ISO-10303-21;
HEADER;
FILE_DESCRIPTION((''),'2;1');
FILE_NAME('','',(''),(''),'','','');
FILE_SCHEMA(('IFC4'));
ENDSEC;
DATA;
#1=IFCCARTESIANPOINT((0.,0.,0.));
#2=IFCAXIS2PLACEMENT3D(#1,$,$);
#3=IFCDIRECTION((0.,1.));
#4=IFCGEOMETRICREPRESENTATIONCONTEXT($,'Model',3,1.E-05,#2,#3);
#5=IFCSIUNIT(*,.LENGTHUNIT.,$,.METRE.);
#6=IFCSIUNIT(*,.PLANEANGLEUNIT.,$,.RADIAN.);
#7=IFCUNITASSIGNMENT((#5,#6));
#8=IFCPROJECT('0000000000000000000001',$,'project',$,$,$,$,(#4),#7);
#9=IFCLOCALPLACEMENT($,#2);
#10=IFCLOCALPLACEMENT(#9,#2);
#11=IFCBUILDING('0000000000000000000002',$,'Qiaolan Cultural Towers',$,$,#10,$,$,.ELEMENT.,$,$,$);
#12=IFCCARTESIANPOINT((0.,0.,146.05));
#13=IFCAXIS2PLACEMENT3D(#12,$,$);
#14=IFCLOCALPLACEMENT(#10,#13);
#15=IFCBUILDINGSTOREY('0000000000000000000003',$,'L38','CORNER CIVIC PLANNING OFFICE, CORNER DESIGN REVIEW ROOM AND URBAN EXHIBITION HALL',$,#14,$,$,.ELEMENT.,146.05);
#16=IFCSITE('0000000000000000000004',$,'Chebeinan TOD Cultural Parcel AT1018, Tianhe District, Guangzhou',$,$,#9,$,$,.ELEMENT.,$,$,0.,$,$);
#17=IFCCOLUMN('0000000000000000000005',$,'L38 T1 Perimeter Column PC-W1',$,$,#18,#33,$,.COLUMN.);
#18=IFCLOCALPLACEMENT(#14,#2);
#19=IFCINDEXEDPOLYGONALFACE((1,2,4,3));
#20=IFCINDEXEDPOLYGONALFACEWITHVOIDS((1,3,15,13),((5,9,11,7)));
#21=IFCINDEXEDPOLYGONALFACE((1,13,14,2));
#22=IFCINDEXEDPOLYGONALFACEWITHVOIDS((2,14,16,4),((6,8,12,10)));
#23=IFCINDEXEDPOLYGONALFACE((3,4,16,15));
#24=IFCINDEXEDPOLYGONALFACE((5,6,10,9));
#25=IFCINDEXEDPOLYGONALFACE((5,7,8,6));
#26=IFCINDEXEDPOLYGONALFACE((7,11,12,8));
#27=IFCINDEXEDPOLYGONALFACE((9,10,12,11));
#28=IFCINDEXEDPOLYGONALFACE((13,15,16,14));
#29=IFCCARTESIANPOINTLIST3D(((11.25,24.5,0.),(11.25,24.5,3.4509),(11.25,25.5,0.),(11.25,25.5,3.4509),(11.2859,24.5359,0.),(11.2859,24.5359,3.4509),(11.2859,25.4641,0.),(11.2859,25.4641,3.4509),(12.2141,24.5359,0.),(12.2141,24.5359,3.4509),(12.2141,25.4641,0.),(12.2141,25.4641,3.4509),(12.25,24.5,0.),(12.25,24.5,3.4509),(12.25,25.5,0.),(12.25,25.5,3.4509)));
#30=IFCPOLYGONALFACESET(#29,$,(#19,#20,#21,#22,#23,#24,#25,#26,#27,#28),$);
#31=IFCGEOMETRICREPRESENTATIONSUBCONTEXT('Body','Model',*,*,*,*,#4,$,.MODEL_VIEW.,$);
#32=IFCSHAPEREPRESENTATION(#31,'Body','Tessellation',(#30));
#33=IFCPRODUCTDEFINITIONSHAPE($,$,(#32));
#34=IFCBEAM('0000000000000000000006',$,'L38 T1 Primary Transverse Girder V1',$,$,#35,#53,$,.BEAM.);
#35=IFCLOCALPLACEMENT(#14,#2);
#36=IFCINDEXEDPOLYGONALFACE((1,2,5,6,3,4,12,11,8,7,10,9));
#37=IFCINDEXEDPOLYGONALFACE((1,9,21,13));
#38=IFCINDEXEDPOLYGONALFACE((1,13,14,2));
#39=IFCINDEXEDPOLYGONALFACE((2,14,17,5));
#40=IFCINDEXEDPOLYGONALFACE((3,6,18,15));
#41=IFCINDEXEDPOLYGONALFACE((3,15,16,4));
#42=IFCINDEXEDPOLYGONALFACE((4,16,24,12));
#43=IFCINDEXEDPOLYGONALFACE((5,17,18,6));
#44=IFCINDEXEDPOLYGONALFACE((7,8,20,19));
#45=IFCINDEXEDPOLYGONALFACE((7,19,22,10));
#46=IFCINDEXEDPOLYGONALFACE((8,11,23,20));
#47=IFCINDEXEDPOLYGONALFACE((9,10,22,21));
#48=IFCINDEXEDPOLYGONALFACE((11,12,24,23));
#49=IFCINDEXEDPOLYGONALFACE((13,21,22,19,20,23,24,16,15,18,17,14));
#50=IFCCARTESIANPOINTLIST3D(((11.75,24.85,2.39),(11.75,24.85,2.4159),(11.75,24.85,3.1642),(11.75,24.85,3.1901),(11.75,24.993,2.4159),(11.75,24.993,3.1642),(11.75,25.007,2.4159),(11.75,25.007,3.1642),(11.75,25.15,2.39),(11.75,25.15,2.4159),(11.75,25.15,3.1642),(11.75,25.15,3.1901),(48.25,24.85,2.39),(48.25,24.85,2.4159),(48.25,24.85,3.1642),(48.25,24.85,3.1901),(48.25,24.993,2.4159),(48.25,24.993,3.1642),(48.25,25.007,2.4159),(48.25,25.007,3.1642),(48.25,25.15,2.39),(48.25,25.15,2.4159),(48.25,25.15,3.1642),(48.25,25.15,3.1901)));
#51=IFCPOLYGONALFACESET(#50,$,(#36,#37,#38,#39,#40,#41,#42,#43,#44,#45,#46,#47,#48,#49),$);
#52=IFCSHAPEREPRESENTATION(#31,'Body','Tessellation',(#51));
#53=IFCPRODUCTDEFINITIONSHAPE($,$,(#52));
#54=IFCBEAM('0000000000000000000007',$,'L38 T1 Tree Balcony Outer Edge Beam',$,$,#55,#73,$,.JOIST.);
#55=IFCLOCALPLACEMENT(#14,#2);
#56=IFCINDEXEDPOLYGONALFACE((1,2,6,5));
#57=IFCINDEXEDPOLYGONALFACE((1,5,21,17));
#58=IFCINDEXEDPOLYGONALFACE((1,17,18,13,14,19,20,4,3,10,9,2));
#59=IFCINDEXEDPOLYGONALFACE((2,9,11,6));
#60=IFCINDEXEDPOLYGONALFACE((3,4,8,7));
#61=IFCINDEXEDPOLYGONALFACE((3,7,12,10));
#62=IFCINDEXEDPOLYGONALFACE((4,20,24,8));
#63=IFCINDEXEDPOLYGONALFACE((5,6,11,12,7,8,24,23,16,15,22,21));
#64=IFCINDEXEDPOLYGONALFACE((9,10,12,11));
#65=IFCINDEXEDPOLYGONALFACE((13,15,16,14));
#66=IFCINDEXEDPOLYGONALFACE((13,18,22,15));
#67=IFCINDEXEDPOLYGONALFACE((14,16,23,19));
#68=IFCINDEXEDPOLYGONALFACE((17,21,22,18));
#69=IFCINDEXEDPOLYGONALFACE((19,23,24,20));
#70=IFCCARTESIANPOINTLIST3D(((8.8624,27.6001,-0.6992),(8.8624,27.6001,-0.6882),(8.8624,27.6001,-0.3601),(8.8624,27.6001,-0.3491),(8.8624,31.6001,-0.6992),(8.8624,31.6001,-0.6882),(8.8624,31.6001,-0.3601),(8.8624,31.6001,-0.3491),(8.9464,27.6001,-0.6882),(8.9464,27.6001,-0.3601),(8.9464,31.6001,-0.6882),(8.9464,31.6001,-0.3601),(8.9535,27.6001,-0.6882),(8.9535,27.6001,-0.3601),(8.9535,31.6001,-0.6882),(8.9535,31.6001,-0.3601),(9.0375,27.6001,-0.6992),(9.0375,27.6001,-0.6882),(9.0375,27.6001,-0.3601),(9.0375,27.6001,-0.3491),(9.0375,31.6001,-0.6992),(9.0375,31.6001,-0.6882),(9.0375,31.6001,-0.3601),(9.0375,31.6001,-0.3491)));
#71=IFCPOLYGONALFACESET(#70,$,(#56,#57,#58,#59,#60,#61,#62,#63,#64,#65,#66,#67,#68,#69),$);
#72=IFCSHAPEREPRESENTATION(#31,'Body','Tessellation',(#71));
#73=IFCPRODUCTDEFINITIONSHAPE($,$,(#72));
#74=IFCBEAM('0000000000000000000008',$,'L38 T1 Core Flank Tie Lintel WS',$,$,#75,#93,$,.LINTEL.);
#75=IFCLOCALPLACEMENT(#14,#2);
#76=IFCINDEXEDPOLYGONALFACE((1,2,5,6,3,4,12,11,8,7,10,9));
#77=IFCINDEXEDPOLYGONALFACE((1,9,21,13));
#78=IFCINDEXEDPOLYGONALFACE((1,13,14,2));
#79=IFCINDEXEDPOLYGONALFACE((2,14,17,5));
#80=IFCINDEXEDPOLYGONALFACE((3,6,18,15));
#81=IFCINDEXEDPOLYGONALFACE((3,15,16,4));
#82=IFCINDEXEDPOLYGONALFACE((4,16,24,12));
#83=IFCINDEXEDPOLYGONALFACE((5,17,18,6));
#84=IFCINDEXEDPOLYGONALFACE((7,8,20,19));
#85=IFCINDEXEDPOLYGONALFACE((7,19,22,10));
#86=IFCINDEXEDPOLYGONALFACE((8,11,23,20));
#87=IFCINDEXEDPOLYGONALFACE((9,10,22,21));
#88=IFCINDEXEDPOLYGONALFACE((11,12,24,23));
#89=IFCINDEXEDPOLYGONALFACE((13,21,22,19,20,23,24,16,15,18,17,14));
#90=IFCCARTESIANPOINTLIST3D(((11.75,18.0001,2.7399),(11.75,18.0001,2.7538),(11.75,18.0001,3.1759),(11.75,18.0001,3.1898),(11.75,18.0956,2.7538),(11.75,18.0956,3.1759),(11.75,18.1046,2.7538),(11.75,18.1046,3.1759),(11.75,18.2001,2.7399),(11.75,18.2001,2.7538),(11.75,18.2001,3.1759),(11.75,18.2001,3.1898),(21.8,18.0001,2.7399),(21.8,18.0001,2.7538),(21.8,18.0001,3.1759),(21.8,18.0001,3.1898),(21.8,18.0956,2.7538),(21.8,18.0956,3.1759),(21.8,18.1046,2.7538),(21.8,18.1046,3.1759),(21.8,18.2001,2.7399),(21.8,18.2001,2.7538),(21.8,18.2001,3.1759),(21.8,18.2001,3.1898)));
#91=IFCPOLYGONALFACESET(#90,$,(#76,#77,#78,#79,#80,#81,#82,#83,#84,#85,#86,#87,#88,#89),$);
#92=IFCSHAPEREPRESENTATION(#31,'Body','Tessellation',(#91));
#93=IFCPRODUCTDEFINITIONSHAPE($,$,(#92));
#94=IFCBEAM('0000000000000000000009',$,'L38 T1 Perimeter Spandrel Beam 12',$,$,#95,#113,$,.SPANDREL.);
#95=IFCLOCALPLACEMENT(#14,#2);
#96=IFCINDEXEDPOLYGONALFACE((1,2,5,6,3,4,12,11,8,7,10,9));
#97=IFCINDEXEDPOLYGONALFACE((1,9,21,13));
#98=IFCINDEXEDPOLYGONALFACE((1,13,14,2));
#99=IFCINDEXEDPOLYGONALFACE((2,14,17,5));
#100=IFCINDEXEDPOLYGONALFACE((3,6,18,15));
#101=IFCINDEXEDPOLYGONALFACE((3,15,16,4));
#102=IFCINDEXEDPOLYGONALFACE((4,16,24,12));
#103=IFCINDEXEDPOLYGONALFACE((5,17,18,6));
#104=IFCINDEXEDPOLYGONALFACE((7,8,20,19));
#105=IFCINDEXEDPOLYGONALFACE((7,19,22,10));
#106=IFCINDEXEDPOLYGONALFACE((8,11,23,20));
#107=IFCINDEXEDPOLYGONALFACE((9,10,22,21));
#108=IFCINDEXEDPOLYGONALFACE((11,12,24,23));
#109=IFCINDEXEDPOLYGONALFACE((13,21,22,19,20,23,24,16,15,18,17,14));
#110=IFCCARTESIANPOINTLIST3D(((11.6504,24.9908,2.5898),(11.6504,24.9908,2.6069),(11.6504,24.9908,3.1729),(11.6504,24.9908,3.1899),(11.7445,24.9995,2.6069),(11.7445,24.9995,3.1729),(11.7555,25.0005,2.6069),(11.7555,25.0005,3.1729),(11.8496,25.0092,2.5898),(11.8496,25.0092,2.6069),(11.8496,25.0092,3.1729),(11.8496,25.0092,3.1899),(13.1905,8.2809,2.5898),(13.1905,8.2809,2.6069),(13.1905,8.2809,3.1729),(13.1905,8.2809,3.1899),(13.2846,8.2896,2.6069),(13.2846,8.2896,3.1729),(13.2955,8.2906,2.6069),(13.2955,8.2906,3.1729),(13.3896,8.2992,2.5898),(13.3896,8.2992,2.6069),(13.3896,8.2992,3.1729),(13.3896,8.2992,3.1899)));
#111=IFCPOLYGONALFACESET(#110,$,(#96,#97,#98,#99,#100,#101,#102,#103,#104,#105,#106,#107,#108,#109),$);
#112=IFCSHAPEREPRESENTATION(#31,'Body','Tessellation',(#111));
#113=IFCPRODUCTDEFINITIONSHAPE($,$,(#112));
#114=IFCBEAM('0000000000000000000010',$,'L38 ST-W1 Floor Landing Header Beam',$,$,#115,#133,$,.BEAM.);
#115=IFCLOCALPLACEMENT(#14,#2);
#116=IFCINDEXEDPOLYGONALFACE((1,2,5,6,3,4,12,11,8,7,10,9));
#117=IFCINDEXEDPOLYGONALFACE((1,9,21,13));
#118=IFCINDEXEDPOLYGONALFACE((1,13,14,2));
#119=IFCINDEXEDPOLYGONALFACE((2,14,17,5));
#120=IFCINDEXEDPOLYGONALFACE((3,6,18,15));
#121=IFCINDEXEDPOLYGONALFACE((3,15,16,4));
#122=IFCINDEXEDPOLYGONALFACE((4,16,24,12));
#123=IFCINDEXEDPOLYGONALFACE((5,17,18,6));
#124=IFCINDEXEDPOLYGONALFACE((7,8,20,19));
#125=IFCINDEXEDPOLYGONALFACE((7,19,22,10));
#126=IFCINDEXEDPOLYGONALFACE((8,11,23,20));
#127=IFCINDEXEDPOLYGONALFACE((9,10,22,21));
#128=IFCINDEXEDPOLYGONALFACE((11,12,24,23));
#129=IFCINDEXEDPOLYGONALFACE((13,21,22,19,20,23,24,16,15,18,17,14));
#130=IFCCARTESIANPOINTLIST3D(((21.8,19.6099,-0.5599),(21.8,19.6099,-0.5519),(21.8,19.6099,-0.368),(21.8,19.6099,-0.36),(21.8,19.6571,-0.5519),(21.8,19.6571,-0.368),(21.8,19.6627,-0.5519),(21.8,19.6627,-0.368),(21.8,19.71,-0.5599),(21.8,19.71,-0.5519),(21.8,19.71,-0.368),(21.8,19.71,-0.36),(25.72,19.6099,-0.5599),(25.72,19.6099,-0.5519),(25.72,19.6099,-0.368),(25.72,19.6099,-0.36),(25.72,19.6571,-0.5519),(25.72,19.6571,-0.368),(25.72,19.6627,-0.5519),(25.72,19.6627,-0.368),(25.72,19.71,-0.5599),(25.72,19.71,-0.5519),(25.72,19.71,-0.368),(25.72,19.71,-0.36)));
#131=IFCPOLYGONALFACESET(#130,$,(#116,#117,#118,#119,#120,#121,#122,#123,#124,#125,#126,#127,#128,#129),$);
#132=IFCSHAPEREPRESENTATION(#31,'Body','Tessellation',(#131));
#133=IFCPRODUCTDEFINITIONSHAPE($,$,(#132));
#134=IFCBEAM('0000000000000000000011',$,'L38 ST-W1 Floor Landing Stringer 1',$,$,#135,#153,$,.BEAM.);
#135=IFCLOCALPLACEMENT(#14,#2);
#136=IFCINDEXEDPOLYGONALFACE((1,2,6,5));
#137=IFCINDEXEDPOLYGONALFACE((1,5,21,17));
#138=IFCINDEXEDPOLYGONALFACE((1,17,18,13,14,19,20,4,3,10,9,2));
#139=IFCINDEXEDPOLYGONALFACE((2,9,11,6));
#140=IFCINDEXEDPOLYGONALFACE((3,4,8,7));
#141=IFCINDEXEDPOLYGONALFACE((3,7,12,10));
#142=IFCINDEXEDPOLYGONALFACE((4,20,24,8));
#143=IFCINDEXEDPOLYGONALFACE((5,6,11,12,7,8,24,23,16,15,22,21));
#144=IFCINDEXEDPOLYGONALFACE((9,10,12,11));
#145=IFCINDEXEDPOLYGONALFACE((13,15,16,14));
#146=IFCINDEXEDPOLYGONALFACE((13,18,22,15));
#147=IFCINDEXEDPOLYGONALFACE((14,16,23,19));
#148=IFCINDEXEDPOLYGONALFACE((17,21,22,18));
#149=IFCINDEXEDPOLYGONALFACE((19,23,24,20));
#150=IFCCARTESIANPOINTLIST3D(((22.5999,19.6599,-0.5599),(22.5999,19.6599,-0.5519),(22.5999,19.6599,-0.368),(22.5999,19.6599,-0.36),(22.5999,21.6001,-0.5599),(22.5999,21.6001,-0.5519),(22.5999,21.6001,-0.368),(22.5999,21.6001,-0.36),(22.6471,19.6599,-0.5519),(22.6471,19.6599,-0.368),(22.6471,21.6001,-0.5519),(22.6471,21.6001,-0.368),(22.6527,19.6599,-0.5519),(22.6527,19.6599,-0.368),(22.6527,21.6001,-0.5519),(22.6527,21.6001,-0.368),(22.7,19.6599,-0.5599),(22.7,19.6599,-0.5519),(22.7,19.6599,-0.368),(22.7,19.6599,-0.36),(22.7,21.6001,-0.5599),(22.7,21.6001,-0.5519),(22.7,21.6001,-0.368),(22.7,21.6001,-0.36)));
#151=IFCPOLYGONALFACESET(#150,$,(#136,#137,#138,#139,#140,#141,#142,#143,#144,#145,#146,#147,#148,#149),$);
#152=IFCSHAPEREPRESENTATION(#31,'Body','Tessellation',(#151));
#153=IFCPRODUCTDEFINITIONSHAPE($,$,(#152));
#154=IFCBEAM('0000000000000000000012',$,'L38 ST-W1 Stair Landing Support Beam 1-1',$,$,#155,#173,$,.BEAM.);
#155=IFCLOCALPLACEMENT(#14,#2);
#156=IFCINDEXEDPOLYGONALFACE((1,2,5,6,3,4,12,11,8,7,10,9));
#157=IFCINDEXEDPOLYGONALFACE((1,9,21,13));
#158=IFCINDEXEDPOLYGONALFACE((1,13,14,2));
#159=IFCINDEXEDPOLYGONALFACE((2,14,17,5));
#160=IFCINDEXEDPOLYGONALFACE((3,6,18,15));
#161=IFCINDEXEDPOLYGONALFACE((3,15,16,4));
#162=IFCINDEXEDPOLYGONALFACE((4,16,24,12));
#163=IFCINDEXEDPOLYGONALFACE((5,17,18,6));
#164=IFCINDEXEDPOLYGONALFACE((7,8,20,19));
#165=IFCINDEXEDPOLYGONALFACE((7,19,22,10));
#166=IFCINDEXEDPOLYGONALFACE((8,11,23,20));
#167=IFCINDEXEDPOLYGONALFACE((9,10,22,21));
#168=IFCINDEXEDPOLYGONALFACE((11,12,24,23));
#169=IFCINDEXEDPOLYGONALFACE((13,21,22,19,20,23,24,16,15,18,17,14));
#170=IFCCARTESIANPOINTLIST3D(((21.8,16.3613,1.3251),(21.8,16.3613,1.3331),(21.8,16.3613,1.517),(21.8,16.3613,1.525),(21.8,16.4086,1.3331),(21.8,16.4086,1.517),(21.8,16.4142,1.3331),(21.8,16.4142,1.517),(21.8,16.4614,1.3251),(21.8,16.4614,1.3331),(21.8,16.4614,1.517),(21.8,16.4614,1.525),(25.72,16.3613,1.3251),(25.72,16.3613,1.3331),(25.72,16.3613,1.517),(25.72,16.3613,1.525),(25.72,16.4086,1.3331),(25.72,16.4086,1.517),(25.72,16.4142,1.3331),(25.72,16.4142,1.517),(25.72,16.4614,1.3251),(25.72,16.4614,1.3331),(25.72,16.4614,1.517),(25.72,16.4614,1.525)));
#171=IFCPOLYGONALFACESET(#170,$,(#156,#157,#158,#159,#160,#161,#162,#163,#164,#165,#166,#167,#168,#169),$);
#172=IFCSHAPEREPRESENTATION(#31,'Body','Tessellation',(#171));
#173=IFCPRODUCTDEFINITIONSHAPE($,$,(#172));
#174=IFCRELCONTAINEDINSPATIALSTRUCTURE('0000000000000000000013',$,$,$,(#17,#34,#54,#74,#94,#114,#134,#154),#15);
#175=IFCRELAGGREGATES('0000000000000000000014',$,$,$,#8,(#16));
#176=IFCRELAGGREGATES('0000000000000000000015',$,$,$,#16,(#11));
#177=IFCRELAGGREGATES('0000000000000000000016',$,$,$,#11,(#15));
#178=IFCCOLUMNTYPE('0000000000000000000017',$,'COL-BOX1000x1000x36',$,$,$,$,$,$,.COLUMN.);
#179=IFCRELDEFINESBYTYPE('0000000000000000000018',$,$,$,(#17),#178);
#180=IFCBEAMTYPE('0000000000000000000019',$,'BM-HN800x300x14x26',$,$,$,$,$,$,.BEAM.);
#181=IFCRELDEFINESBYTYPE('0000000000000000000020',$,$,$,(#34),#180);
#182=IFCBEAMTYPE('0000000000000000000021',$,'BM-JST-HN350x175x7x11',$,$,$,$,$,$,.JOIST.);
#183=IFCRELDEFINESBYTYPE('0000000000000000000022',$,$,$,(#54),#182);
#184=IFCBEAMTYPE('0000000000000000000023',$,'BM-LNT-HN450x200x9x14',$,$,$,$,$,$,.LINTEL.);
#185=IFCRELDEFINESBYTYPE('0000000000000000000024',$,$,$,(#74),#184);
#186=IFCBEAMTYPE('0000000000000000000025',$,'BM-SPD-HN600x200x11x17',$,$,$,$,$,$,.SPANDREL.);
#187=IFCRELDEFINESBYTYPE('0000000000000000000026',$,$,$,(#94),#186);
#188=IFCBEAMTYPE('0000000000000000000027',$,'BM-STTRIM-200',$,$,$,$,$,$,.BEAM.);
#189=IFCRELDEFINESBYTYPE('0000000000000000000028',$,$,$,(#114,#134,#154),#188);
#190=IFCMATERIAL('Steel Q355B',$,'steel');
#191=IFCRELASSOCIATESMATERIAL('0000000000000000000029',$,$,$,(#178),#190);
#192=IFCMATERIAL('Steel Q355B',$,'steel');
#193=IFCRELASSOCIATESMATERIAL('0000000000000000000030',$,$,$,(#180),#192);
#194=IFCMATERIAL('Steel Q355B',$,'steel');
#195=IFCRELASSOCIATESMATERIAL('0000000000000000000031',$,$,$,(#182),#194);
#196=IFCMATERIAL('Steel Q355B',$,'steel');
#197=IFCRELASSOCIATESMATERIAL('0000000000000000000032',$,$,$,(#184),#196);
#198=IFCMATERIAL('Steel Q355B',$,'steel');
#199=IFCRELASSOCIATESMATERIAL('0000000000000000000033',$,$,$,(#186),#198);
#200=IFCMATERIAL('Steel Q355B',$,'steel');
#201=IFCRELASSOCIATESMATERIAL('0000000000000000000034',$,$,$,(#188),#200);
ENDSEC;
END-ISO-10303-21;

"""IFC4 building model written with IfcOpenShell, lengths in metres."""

from ifc_helpers import new_model, si_unit, direction, frame, origin, origin_2d, place, context, subcontext, project, spatial, hollow_rectangle, i_section, extrude, material, material_profile, profile_set, type_object, element, save


model = new_model("IFC4")

# Units and contexts
model_context = context("Model", 3, precision=1e-05, world=origin(), true_north=direction((0.0, 1.0)))
body_context = subcontext(model_context, "Body", "Model", "MODEL_VIEW")
ifc_project = project(units=[si_unit("LENGTHUNIT", "METRE"), si_unit("PLANEANGLEUNIT", "RADIAN")], contexts=[model_context])

# Site, building, storey
site_placement = place(None, origin())
site = spatial("IfcSite", under=ifc_project, at=site_placement, Name="Chebeinan TOD Cultural Parcel AT1018, Tianhe District, Guangzhou", CompositionType="ELEMENT", RefElevation=0.0)
building_placement = place(site_placement, origin())
building = spatial("IfcBuilding", under=site, at=building_placement, Name="Qiaolan Cultural Towers", CompositionType="ELEMENT")
storey_placement = place(building_placement, frame((0.0, 0.0, 146.05)))
storey = spatial("IfcBuildingStorey", under=building, at=storey_placement, Name="L38", Description="CORNER CIVIC PLANNING OFFICE, CORNER DESIGN REVIEW ROOM AND URBAN EXHIBITION HALL", CompositionType="ELEMENT", Elevation=146.05)

# Column
ifc_material_1 = material(Name="Steel Q355B", Category="steel")
ifc_material_profile_1 = material_profile(ifc_material_1, hollow_rectangle(XDim=1.0, YDim=1.0, WallThickness=0.0359, at=origin_2d()), Name="BOX1000x1000x36")
ifc_profile_set_1 = profile_set([ifc_material_profile_1], Name="Steel Q355B")
column_type = type_object("IfcColumnType", Name="COL-BOX1000x1000x36", PredefinedType="COLUMN", material=ifc_profile_set_1)
column_placement = place(storey_placement, frame((11.75, 25.0, 0.0), z_axis=(0.0, 0.0, 1.0), x_axis=(1.0, 0.0, 0.0)))
element("IfcColumn", 1, at=column_placement, inside=storey, type_object=column_type, Name="L38 T1 Perimeter Column PC-W1", PredefinedType="COLUMN", context=body_context, shape_type="SweptSolid", body=[
    extrude(hollow_rectangle(XDim=1.0, YDim=1.0, WallThickness=0.0359, at=origin_2d()), origin(), (0.0, 0.0, 1.0), 3.4509),
])

# Beams
ifc_material_2 = material(Name="Steel Q355B", Category="steel")
ifc_material_profile_2 = material_profile(ifc_material_2, i_section(OverallWidth=0.3, OverallDepth=0.8, WebThickness=0.0139, FlangeThickness=0.0259, at=origin_2d()), Name="HN800x300x14x26")
ifc_profile_set_2 = profile_set([ifc_material_profile_2], Name="Steel Q355B")
beam_type_1 = type_object("IfcBeamType", Name="BM-HN800x300x14x26", PredefinedType="BEAM", material=ifc_profile_set_2)
beam_1_placement = place(storey_placement, frame((11.75, 25.0, 2.79), z_axis=(1.0, 0.0, 0.0), x_axis=(0.0, 1.0, 0.0)))
element("IfcBeam", 2, at=beam_1_placement, inside=storey, type_object=beam_type_1, Name="L38 T1 Primary Transverse Girder V1", PredefinedType="BEAM", context=body_context, shape_type="SweptSolid", body=[
    extrude(i_section(OverallWidth=0.3, OverallDepth=0.8, WebThickness=0.0139, FlangeThickness=0.0259, at=origin_2d()), origin(), (0.0, 0.0, 1.0), 36.5),
])
ifc_material_3 = material(Name="Steel Q355B", Category="steel")
ifc_material_profile_3 = material_profile(ifc_material_3, i_section(OverallWidth=0.175, OverallDepth=0.3501, WebThickness=0.0071, FlangeThickness=0.011, at=origin_2d()), Name="HN350x175x7x11")
ifc_profile_set_3 = profile_set([ifc_material_profile_3], Name="Steel Q355B")
beam_type_2 = type_object("IfcBeamType", Name="BM-JST-HN350x175x7x11", PredefinedType="JOIST", material=ifc_profile_set_3)
beam_2_placement = place(storey_placement, frame((8.95, 27.6001, -0.5242), z_axis=(0.0, 1.0, 0.0), x_axis=(-1.0, 0.0, 0.0)))
element("IfcBeam", 3, at=beam_2_placement, inside=storey, type_object=beam_type_2, Name="L38 T1 Tree Balcony Outer Edge Beam", PredefinedType="JOIST", context=body_context, shape_type="SweptSolid", body=[
    extrude(i_section(OverallWidth=0.175, OverallDepth=0.3501, WebThickness=0.0071, FlangeThickness=0.011, at=origin_2d()), origin(), (0.0, 0.0, 1.0), 4.0),
])
ifc_material_4 = material(Name="Steel Q355B", Category="steel")
ifc_material_profile_4 = material_profile(ifc_material_4, i_section(OverallWidth=0.2, OverallDepth=0.45, WebThickness=0.009, FlangeThickness=0.0139, at=origin_2d()), Name="HN450x200x9x14")
ifc_profile_set_4 = profile_set([ifc_material_profile_4], Name="Steel Q355B")
beam_type_3 = type_object("IfcBeamType", Name="BM-LNT-HN450x200x9x14", PredefinedType="LINTEL", material=ifc_profile_set_4)
beam_3_placement = place(storey_placement, frame((21.8, 18.1001, 2.9648), z_axis=(-1.0, 0.0, 0.0), x_axis=(0.0, -1.0, 0.0)))
element("IfcBeam", 4, at=beam_3_placement, inside=storey, type_object=beam_type_3, Name="L38 T1 Core Flank Tie Lintel WS", PredefinedType="LINTEL", context=body_context, shape_type="SweptSolid", body=[
    extrude(i_section(OverallWidth=0.2, OverallDepth=0.45, WebThickness=0.009, FlangeThickness=0.0139, at=origin_2d()), origin(), (0.0, 0.0, 1.0), 10.05),
])
ifc_material_5 = material(Name="Steel Q355B", Category="steel")
ifc_material_profile_5 = material_profile(ifc_material_5, i_section(OverallWidth=0.2, OverallDepth=0.6001, WebThickness=0.011, FlangeThickness=0.0171, at=origin_2d()), Name="HN600x200x11x17")
ifc_profile_set_5 = profile_set([ifc_material_profile_5], Name="Steel Q355B")
beam_type_4 = type_object("IfcBeamType", Name="BM-SPD-HN600x200x11x17", PredefinedType="SPANDREL", material=ifc_profile_set_5)
beam_4_placement = place(storey_placement, frame((11.75, 25.0, 2.8899), z_axis=(0.091774, -0.99578, 0.0), x_axis=(0.99578, 0.091774, 0.0)))
element("IfcBeam", 5, at=beam_4_placement, inside=storey, type_object=beam_type_4, Name="L38 T1 Perimeter Spandrel Beam 12", PredefinedType="SPANDREL", context=body_context, shape_type="SweptSolid", body=[
    extrude(i_section(OverallWidth=0.2, OverallDepth=0.6001, WebThickness=0.011, FlangeThickness=0.0171, at=origin_2d()), origin(), (0.0, 0.0, 1.0), 16.7808),
])
ifc_material_6 = material(Name="Steel Q355B", Category="steel")
ifc_material_profile_6 = material_profile(ifc_material_6, i_section(OverallWidth=0.1001, OverallDepth=0.2, WebThickness=0.0056, FlangeThickness=0.0081, at=origin_2d()), Name="HN200x100x5.5x8")
ifc_profile_set_6 = profile_set([ifc_material_profile_6], Name="Steel Q355B")
beam_type_5 = type_object("IfcBeamType", Name="BM-STTRIM-200", PredefinedType="BEAM", material=ifc_profile_set_6)
beam_5_placement = place(storey_placement, frame((21.8, 19.6599, -0.46), z_axis=(1.0, 0.0, 0.0), x_axis=(0.0, 1.0, 0.0)))
element("IfcBeam", 6, at=beam_5_placement, inside=storey, type_object=beam_type_5, Name="L38 ST-W1 Floor Landing Header Beam", PredefinedType="BEAM", context=body_context, shape_type="SweptSolid", body=[
    extrude(i_section(OverallWidth=0.1001, OverallDepth=0.2, WebThickness=0.0056, FlangeThickness=0.0081, at=origin_2d()), origin(), (0.0, 0.0, 1.0), 3.9199),
])
beam_6_placement = place(storey_placement, frame((22.6499, 21.6001, -0.46), z_axis=(0.0, -1.0, 0.0), x_axis=(1.0, 0.0, 0.0)))
element("IfcBeam", 7, at=beam_6_placement, inside=storey, type_object=beam_type_5, Name="L38 ST-W1 Floor Landing Stringer 1", PredefinedType="BEAM", context=body_context, shape_type="SweptSolid", body=[
    extrude(i_section(OverallWidth=0.1001, OverallDepth=0.2, WebThickness=0.0056, FlangeThickness=0.0081, at=origin_2d()), origin(), (0.0, 0.0, 1.0), 1.9402),
])
beam_7_placement = place(storey_placement, frame((21.8, 16.4114, 1.425), z_axis=(1.0, 0.0, 0.0), x_axis=(0.0, 1.0, 0.0)))
element("IfcBeam", 8, at=beam_7_placement, inside=storey, type_object=beam_type_5, Name="L38 ST-W1 Stair Landing Support Beam 1-1", PredefinedType="BEAM", context=body_context, shape_type="SweptSolid", body=[
    extrude(i_section(OverallWidth=0.1001, OverallDepth=0.2, WebThickness=0.0056, FlangeThickness=0.0081, at=origin_2d()), origin(), (0.0, 0.0, 1.0), 3.9199),
])

save(model, "model.ifc")
